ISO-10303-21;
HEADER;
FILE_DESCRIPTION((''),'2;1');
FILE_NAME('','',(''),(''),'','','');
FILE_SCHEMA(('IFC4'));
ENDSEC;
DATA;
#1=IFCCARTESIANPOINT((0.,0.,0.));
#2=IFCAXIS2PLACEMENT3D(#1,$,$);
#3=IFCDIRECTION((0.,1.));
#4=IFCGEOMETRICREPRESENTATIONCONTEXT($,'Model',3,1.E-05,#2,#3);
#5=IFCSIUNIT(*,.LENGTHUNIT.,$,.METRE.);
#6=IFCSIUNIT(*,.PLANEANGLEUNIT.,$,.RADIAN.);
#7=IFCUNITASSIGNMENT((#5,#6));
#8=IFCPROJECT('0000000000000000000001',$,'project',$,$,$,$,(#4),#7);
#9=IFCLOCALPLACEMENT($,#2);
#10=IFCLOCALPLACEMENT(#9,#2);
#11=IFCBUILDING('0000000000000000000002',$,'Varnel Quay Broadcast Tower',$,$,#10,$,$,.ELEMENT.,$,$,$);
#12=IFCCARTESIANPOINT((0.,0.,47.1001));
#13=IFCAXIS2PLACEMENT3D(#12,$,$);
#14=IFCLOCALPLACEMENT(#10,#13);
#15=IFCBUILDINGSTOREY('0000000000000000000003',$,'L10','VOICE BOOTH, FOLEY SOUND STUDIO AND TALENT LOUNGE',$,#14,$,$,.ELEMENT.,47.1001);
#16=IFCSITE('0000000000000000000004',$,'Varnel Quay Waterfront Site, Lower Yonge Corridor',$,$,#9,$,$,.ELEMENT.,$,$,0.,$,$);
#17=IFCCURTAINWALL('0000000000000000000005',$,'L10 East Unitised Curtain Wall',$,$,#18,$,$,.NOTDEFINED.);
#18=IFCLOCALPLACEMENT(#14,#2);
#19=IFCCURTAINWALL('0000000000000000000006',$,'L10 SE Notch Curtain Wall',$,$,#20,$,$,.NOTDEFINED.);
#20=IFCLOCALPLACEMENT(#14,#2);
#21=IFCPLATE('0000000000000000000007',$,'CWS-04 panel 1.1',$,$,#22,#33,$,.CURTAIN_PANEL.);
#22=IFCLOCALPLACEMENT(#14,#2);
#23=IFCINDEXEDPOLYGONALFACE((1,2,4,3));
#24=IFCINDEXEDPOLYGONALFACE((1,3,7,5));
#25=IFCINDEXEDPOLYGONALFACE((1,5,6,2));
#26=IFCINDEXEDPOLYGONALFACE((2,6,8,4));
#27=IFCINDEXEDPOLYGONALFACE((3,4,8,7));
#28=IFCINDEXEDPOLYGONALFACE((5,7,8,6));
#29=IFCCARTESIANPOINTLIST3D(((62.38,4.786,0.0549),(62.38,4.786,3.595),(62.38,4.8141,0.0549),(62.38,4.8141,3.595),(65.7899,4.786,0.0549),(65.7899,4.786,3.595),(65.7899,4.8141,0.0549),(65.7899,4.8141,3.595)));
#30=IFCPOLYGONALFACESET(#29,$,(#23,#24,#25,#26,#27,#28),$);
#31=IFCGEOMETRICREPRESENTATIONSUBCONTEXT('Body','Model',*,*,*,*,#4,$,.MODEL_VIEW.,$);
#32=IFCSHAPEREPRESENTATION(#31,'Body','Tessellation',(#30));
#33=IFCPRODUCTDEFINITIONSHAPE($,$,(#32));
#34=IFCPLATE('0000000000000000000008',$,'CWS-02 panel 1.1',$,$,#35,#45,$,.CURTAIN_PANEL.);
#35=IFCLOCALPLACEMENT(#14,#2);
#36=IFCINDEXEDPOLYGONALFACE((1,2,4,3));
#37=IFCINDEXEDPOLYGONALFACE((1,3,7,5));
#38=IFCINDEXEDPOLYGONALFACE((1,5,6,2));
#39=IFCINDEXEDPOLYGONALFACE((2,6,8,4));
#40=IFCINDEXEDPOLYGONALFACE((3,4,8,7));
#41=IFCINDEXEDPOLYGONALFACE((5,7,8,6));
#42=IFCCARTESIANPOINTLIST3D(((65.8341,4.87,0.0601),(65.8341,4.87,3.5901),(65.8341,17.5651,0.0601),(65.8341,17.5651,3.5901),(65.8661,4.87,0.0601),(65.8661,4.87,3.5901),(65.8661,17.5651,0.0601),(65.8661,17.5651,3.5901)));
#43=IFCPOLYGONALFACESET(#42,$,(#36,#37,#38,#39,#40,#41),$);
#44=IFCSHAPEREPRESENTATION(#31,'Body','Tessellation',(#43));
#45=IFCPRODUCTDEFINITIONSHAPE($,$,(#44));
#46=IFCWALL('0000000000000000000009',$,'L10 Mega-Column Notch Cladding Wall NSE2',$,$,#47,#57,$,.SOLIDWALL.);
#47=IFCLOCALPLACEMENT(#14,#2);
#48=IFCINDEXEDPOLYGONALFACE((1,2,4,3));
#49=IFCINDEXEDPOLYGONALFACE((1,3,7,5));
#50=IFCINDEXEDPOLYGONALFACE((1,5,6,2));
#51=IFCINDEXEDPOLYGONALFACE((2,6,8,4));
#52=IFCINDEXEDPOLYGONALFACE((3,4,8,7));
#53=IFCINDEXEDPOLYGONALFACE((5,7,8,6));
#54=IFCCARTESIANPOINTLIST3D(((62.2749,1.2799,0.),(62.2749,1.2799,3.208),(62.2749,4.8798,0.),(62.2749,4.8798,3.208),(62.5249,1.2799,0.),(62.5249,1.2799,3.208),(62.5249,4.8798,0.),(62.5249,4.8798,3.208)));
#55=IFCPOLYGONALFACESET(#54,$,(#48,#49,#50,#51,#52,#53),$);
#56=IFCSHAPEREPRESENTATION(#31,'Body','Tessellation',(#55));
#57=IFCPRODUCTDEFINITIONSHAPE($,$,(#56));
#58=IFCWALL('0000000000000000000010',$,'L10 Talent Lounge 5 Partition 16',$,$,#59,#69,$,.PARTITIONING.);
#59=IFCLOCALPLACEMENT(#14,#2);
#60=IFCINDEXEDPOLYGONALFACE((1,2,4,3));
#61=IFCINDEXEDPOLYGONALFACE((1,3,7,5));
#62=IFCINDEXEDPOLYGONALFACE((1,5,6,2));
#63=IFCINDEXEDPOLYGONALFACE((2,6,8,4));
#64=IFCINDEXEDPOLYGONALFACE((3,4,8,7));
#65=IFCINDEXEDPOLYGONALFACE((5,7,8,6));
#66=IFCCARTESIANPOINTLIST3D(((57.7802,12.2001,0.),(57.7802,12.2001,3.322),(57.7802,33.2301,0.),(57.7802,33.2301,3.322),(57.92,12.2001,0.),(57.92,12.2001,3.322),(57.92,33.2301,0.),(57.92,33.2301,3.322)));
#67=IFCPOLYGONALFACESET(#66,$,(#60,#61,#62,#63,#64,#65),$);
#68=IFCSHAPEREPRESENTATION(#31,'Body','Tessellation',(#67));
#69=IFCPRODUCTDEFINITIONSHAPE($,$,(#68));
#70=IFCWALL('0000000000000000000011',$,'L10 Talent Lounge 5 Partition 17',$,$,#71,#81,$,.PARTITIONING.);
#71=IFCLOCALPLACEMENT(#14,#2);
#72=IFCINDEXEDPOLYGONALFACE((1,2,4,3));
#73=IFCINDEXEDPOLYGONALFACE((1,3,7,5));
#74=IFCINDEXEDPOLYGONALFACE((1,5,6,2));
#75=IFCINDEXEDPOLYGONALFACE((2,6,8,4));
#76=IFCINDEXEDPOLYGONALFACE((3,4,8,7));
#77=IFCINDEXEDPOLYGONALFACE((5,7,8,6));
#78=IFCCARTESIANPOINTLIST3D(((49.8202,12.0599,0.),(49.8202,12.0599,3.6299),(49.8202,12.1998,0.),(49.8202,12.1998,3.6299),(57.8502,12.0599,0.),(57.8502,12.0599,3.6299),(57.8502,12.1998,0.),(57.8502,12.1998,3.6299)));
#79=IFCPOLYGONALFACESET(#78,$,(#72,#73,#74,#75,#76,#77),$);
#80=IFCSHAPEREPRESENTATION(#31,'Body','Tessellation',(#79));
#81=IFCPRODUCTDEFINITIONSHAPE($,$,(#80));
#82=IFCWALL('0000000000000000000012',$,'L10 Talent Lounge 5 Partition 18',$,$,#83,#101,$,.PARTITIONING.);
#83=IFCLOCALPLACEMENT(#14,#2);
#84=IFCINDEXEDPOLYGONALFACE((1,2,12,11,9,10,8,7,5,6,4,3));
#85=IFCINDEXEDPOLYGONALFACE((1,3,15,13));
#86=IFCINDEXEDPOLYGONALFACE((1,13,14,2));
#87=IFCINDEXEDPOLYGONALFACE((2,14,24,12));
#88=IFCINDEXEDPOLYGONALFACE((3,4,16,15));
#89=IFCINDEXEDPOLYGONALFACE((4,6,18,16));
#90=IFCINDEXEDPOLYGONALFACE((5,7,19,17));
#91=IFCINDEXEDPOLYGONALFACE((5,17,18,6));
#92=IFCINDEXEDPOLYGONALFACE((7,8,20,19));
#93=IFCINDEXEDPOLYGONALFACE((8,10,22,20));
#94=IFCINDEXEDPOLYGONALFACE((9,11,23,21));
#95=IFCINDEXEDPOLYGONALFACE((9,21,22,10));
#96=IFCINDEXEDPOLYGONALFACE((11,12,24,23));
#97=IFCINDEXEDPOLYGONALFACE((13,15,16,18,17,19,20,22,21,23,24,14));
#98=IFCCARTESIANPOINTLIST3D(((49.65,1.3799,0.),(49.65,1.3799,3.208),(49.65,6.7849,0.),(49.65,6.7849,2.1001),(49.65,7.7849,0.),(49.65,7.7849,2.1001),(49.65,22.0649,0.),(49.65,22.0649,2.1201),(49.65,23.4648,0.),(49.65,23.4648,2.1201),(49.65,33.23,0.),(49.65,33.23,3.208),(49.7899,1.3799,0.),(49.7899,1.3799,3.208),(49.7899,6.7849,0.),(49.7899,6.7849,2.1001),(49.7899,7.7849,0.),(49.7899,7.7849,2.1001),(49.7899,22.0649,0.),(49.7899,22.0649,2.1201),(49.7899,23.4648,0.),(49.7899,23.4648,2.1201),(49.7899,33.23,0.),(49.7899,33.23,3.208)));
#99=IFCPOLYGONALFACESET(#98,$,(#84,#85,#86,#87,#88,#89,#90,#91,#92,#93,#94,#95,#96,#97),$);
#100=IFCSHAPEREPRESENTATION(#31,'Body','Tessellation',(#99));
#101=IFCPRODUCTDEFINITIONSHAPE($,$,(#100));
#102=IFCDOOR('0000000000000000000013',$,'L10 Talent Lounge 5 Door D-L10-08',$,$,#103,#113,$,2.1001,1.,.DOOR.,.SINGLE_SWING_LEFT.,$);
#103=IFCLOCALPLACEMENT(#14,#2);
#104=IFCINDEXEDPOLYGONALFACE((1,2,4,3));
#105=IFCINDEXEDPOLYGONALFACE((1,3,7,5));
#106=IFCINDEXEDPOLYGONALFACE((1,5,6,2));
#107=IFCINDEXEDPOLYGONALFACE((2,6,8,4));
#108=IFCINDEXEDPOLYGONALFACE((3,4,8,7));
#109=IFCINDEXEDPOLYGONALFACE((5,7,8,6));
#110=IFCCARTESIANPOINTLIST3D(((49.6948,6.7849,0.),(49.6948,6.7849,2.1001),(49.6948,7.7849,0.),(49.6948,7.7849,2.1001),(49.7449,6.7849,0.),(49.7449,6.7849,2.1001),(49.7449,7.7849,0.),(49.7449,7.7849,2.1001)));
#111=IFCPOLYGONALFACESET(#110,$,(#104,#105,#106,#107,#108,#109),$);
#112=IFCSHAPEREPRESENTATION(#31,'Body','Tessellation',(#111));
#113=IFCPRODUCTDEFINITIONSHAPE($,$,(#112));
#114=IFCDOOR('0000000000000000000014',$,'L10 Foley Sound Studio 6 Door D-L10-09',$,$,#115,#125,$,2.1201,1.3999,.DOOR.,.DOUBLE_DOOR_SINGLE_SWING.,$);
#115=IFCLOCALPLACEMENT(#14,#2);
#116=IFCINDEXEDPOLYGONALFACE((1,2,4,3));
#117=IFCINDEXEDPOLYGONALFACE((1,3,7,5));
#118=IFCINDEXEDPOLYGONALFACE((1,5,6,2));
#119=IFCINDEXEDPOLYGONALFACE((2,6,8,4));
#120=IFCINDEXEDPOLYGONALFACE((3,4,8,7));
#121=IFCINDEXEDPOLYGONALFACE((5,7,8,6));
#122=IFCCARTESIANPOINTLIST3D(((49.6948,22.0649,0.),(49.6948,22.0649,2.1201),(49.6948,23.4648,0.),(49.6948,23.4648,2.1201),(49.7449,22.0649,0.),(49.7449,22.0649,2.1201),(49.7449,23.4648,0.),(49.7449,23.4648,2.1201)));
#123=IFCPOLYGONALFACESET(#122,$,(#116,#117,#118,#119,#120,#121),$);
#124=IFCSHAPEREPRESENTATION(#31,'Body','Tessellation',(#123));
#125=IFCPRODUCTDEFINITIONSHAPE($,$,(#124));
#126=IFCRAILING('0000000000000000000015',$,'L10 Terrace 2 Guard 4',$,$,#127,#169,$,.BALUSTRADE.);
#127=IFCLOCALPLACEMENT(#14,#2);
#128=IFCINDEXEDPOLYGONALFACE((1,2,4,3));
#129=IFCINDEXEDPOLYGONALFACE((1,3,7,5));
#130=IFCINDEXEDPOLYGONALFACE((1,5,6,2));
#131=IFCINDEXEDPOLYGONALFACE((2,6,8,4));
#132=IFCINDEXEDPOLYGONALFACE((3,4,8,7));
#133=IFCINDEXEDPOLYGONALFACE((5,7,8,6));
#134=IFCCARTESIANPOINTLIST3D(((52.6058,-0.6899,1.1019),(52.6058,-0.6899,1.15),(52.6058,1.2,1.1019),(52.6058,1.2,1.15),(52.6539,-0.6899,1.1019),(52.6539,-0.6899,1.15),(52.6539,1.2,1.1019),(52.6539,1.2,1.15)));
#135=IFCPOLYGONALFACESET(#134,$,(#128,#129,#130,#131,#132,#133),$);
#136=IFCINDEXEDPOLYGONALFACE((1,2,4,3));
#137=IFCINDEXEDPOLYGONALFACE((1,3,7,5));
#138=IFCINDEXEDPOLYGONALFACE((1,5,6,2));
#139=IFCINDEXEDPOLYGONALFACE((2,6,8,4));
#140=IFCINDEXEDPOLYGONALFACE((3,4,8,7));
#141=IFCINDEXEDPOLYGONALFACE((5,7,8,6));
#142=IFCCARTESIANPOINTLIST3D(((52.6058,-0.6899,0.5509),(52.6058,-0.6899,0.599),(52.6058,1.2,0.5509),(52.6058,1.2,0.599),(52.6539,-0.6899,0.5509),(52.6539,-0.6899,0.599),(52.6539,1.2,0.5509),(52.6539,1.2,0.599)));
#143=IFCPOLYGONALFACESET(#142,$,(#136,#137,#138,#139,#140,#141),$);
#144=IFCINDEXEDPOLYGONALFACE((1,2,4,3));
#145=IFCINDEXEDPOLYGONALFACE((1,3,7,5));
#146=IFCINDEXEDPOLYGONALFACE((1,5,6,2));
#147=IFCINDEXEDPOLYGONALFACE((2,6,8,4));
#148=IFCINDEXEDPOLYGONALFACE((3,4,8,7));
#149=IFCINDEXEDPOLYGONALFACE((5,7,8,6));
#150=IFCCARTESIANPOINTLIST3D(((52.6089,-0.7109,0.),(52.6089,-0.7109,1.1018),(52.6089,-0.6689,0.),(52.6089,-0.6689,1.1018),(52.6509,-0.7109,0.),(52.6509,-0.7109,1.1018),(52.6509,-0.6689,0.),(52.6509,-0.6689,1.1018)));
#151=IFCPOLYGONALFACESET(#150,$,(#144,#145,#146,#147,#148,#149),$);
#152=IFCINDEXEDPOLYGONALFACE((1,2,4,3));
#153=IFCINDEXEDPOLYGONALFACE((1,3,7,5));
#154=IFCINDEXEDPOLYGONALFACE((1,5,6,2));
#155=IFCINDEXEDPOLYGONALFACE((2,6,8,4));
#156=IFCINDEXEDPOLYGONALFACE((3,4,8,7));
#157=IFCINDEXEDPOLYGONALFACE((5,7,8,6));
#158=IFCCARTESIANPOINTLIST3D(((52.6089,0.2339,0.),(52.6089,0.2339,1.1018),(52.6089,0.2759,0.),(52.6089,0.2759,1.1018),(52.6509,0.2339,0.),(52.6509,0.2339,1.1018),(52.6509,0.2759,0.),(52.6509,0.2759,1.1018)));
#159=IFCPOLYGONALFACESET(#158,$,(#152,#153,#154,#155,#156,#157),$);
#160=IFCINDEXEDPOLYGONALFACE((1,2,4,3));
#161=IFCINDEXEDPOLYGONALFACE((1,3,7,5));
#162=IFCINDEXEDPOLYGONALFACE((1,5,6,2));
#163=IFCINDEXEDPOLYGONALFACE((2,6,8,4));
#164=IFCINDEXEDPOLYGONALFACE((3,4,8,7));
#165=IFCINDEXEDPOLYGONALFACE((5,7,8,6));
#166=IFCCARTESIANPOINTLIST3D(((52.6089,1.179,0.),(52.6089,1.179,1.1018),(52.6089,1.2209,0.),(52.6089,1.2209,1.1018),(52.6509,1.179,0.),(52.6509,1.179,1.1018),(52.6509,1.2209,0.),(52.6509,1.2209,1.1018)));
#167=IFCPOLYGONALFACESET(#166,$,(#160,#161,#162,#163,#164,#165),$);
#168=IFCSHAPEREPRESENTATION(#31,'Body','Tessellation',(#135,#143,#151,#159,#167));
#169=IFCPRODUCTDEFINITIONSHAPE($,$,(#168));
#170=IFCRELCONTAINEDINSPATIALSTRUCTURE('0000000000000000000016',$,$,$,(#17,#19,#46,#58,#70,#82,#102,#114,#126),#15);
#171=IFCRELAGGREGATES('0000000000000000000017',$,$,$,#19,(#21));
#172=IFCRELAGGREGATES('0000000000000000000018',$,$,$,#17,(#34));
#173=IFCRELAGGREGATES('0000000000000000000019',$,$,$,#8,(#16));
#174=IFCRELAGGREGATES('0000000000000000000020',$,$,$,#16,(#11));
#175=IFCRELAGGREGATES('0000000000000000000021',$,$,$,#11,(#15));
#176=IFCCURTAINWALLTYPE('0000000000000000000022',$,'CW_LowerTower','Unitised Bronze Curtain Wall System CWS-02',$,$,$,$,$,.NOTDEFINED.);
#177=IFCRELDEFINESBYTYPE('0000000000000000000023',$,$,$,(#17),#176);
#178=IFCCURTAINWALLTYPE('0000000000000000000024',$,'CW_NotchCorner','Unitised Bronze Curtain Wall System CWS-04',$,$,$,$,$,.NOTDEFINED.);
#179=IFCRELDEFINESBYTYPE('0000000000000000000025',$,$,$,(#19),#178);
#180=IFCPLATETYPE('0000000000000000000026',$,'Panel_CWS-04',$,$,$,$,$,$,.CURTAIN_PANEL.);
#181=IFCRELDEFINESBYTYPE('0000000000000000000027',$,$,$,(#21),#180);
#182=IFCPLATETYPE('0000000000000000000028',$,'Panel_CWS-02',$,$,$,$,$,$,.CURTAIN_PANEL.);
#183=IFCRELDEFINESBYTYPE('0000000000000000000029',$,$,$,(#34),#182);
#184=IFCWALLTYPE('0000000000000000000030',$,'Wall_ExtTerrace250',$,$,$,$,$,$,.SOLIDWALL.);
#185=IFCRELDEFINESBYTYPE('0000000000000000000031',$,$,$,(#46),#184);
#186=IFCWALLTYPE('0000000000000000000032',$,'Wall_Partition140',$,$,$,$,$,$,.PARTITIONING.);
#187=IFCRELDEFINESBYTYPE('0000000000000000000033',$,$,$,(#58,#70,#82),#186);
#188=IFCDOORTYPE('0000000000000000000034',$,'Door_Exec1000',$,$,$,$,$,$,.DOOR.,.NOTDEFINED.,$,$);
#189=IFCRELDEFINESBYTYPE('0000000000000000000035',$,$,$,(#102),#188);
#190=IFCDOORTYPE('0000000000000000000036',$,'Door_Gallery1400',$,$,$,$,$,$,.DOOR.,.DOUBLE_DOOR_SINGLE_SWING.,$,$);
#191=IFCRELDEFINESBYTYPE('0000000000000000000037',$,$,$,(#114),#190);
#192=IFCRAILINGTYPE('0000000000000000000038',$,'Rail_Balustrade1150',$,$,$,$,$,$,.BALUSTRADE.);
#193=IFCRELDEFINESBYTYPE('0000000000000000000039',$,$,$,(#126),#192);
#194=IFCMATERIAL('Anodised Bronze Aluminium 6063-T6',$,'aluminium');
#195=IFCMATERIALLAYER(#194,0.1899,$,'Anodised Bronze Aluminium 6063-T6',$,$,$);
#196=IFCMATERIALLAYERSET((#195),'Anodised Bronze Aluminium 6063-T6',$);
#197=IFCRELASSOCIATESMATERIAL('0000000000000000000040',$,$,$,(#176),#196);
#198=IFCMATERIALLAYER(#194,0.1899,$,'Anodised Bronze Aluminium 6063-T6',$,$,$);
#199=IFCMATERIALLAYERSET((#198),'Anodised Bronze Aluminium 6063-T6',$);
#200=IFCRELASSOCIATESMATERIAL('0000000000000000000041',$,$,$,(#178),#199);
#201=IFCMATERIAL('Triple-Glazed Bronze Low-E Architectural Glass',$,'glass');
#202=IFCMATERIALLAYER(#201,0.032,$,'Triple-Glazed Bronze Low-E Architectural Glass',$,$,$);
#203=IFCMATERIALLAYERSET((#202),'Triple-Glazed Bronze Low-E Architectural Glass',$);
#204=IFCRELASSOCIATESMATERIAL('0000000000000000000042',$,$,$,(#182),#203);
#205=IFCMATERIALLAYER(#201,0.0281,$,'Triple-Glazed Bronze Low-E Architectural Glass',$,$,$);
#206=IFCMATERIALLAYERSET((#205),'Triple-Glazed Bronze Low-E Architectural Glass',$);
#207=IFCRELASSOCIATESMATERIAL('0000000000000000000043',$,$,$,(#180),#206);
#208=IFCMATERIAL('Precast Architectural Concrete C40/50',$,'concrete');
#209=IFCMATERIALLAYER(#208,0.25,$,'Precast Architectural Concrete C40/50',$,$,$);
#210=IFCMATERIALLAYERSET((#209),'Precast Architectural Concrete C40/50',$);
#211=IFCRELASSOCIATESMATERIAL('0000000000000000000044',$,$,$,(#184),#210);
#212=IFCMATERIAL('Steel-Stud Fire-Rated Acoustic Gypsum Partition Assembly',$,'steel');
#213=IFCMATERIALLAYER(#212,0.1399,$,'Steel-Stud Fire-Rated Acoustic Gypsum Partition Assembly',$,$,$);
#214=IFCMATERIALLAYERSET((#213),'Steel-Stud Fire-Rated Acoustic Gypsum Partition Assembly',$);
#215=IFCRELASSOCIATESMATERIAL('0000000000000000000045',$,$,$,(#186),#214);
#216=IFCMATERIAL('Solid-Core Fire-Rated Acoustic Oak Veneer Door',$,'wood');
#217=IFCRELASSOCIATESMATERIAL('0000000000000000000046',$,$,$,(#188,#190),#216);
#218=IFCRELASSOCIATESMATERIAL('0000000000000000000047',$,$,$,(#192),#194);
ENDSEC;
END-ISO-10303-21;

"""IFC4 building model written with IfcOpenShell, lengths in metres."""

from ifc_helpers import new_model, si_unit, direction, frame, frame_2d, origin, origin_2d, place, context, subcontext, project, spatial, rectangle, extrude, source, transform, mapped, material, layer, layer_set, type_object, type_shapes, element, fill, aggregate, save


model = new_model("IFC4")

# Units and contexts
model_context = context("Model", 3, precision=1e-05, world=origin(), true_north=direction((0.0, 1.0)))
body_context = subcontext(model_context, "Body", "Model", "MODEL_VIEW")
ifc_project = project(units=[si_unit("LENGTHUNIT", "METRE"), si_unit("PLANEANGLEUNIT", "RADIAN")], contexts=[model_context])

# Site, building, storey
site_placement = place(None, origin())
site = spatial("IfcSite", under=ifc_project, at=site_placement, Name="Varnel Quay Waterfront Site, Lower Yonge Corridor", CompositionType="ELEMENT", RefElevation=0.0)
building_placement = place(site_placement, origin())
building = spatial("IfcBuilding", under=site, at=building_placement, Name="Varnel Quay Broadcast Tower", CompositionType="ELEMENT")
storey_placement = place(building_placement, frame((0.0, 0.0, 47.1001)))
storey = spatial("IfcBuildingStorey", under=building, at=storey_placement, Name="L10", Description="VOICE BOOTH, FOLEY SOUND STUDIO AND TALENT LOUNGE", CompositionType="ELEMENT", Elevation=47.1001)

# Curtain wall
ifc_material_1 = material(Name="Anodised Bronze Aluminium 6063-T6", Category="aluminium")
ifc_layer_1 = layer(ifc_material_1, 0.1899, Name="Anodised Bronze Aluminium 6063-T6")
ifc_layer_set_1 = layer_set([ifc_layer_1], Name="Anodised Bronze Aluminium 6063-T6")
curtain_wall_type_1 = type_object("IfcCurtainWallType", Name="CW_LowerTower", Description="Unitised Bronze Curtain Wall System CWS-02", PredefinedType="NOTDEFINED", material=ifc_layer_set_1)
curtain_wall_1_placement = place(storey_placement, origin())
curtain_wall_1 = element("IfcCurtainWall", 1, at=curtain_wall_1_placement, inside=storey, type_object=curtain_wall_type_1, Name="L10 East Unitised Curtain Wall", PredefinedType="NOTDEFINED")

# Curtain wall
ifc_layer_2 = layer(ifc_material_1, 0.1899, Name="Anodised Bronze Aluminium 6063-T6")
ifc_layer_set_2 = layer_set([ifc_layer_2], Name="Anodised Bronze Aluminium 6063-T6")
curtain_wall_type_2 = type_object("IfcCurtainWallType", Name="CW_NotchCorner", Description="Unitised Bronze Curtain Wall System CWS-04", PredefinedType="NOTDEFINED", material=ifc_layer_set_2)
curtain_wall_2_placement = place(storey_placement, origin())
curtain_wall_2 = element("IfcCurtainWall", 2, at=curtain_wall_2_placement, inside=storey, type_object=curtain_wall_type_2, Name="L10 SE Notch Curtain Wall", PredefinedType="NOTDEFINED")

# Plates
ifc_material_2 = material(Name="Triple-Glazed Bronze Low-E Architectural Glass", Category="glass")
ifc_layer_3 = layer(ifc_material_2, 0.032, Name="Triple-Glazed Bronze Low-E Architectural Glass")
ifc_layer_set_3 = layer_set([ifc_layer_3], Name="Triple-Glazed Bronze Low-E Architectural Glass")
plate_type_1 = type_object("IfcPlateType", Name="Panel_CWS-02", PredefinedType="CURTAIN_PANEL", material=ifc_layer_set_3)
ifc_layer_4 = layer(ifc_material_2, 0.0281, Name="Triple-Glazed Bronze Low-E Architectural Glass")
ifc_layer_set_4 = layer_set([ifc_layer_4], Name="Triple-Glazed Bronze Low-E Architectural Glass")
plate_type_2 = type_object("IfcPlateType", Name="Panel_CWS-04", PredefinedType="CURTAIN_PANEL", material=ifc_layer_set_4)
shared_shape_1 = source(origin(), body_context, "Body", "SweptSolid", [
    extrude(rectangle(XDim=3.4099, YDim=0.0281, at=origin_2d()), origin(), (0.0, 0.0, 1.0), 3.54),
])
type_shapes(plate_type_2, [shared_shape_1])
plate_1_placement = place(storey_placement, frame((64.085, 4.8, 0.0549), z_axis=(0.0, 0.0, 1.0), x_axis=(1.0, 0.0, 0.0)))
plate_1 = element("IfcPlate", 3, at=plate_1_placement, type_object=plate_type_2, Name="CWS-04 panel 1.1", PredefinedType="CURTAIN_PANEL", context=body_context, shape_type="MappedRepresentation", body=[
    mapped(shared_shape_1, transform((0.0, 0.0, 0.0), x_axis=(1.0, 0.0, 0.0), y_axis=(0.0, 1.0, 0.0), z_axis=(0.0, 0.0, 1.0), scale=1.0)),
])
aggregate(curtain_wall_2, [plate_1])
shared_shape_2 = source(origin(), body_context, "Body", "SweptSolid", [
    extrude(rectangle(XDim=12.6951, YDim=0.032, at=origin_2d()), origin(), (0.0, 0.0, 1.0), 3.53),
])
plate_2_placement = place(storey_placement, frame((65.8501, 11.2175, 0.0601), z_axis=(0.0, 0.0, 1.0), x_axis=(0.0, 1.0, 0.0)))
plate_2 = element("IfcPlate", 4, at=plate_2_placement, type_object=plate_type_1, Name="CWS-02 panel 1.1", PredefinedType="CURTAIN_PANEL", context=body_context, shape_type="MappedRepresentation", body=[
    mapped(shared_shape_2, transform((0.0, 0.0, 0.0), x_axis=(1.0, 0.0, 0.0), y_axis=(0.0, 1.0, 0.0), z_axis=(0.0, 0.0, 1.0), scale=1.0)),
])
aggregate(curtain_wall_1, [plate_2])

# Walls
ifc_material_3 = material(Name="Precast Architectural Concrete C40/50", Category="concrete")
ifc_layer_5 = layer(ifc_material_3, 0.25, Name="Precast Architectural Concrete C40/50")
ifc_layer_set_5 = layer_set([ifc_layer_5], Name="Precast Architectural Concrete C40/50")
wall_type_1 = type_object("IfcWallType", Name="Wall_ExtTerrace250", PredefinedType="SOLIDWALL", material=ifc_layer_set_5)
wall_1_placement = place(storey_placement, frame((62.3999, 1.28, 0.0), z_axis=(0.0, 0.0, 1.0), x_axis=(0.0, 1.0, 0.0)))
element("IfcWall", 5, at=wall_1_placement, inside=storey, type_object=wall_type_1, Name="L10 Mega-Column Notch Cladding Wall NSE2", PredefinedType="SOLIDWALL", context=body_context, shape_type="SweptSolid", body=[
    extrude(rectangle(XDim=3.5999, YDim=0.25, at=frame_2d((1.7998, 0.0))), origin(), (0.0, 0.0, 1.0), 3.208),
])
ifc_material_4 = material(Name="Steel-Stud Fire-Rated Acoustic Gypsum Partition Assembly", Category="steel")
ifc_layer_6 = layer(ifc_material_4, 0.1399, Name="Steel-Stud Fire-Rated Acoustic Gypsum Partition Assembly")
ifc_layer_set_6 = layer_set([ifc_layer_6], Name="Steel-Stud Fire-Rated Acoustic Gypsum Partition Assembly")
wall_type_2 = type_object("IfcWallType", Name="Wall_Partition140", PredefinedType="PARTITIONING", material=ifc_layer_set_6)
wall_2_placement = place(storey_placement, frame((57.8501, 12.2, 0.0), z_axis=(0.0, 0.0, 1.0), x_axis=(0.0, 1.0, 0.0)))
element("IfcWall", 6, at=wall_2_placement, inside=storey, type_object=wall_type_2, Name="L10 Talent Lounge 5 Partition 16", PredefinedType="PARTITIONING", context=body_context, shape_type="SweptSolid", body=[
    extrude(rectangle(XDim=21.03, YDim=0.1399, at=frame_2d((10.5151, 0.0))), origin(), (0.0, 0.0, 1.0), 3.322),
])
wall_3_placement = place(storey_placement, frame((49.8201, 12.1299, 0.0), z_axis=(0.0, 0.0, 1.0), x_axis=(1.0, 0.0, 0.0)))
element("IfcWall", 7, at=wall_3_placement, inside=storey, type_object=wall_type_2, Name="L10 Talent Lounge 5 Partition 17", PredefinedType="PARTITIONING", context=body_context, shape_type="SweptSolid", body=[
    extrude(rectangle(XDim=8.03, YDim=0.1399, at=frame_2d((4.0151, 0.0))), origin(), (0.0, 0.0, 1.0), 3.6299),
])

# Wall, openings, doors
wall_4_placement = place(storey_placement, frame((49.72, 1.3799, 0.0), z_axis=(0.0, 0.0, 1.0), x_axis=(0.0, 1.0, 0.0)))
wall_4 = element("IfcWall", 8, at=wall_4_placement, inside=storey, type_object=wall_type_2, Name="L10 Talent Lounge 5 Partition 18", PredefinedType="PARTITIONING", context=body_context, shape_type="SweptSolid", body=[
    extrude(rectangle(XDim=31.8501, YDim=0.1399, at=frame_2d((15.925, 0.0))), origin(), (0.0, 0.0, 1.0), 3.208),
])
opening_1_placement = place(wall_4_placement, frame((5.405, 0.0, 0.0)))
opening_1 = element("IfcOpeningElement", 9, at=opening_1_placement, cuts=wall_4, PredefinedType="OPENING", context=body_context, shape_type="SweptSolid", body=[
    extrude(rectangle(XDim=1.0, YDim=2.1001, at=frame_2d((0.5, 1.05))), frame((0.0, 0.0801, 0.0), z_axis=(0.0, -1.0, 0.0), x_axis=(1.0, 0.0, 0.0)), (0.0, 0.0, 1.0), 0.1599),
])
opening_2_placement = place(wall_4_placement, frame((20.6851, 0.0, 0.0)))
opening_2 = element("IfcOpeningElement", 10, at=opening_2_placement, cuts=wall_4, PredefinedType="OPENING", context=body_context, shape_type="SweptSolid", body=[
    extrude(rectangle(XDim=1.3999, YDim=2.1201, at=frame_2d((0.7, 1.0601))), frame((0.0, 0.0801, 0.0), z_axis=(0.0, -1.0, 0.0), x_axis=(1.0, 0.0, 0.0)), (0.0, 0.0, 1.0), 0.1599),
])
ifc_material_5 = material(Name="Solid-Core Fire-Rated Acoustic Oak Veneer Door", Category="wood")
door_type_1 = type_object("IfcDoorType", Name="Door_Exec1000", OperationType="NOTDEFINED", PredefinedType="DOOR", material=ifc_material_5)
shared_shape_3 = source(origin(), body_context, "Body", "SweptSolid", [
    extrude(rectangle(XDim=1.0, YDim=2.1001, at=frame_2d((0.5, 1.05))), frame((0.0, 0.0249, 0.0), z_axis=(0.0, -1.0, 0.0), x_axis=(1.0, 0.0, 0.0)), (0.0, 0.0, 1.0), 0.05),
])
type_shapes(door_type_1, [shared_shape_3])
door_1_placement = place(opening_1_placement, frame((1.0, 0.0, 0.0), z_axis=(0.0, 0.0, 1.0), x_axis=(-1.0, 0.0, 0.0)))
door_1 = element("IfcDoor", 11, at=door_1_placement, inside=storey, type_object=door_type_1, Name="L10 Talent Lounge 5 Door D-L10-08", OperationType="SINGLE_SWING_LEFT", OverallHeight=2.1001, OverallWidth=1.0, PredefinedType="DOOR", context=body_context, shape_type="MappedRepresentation", body=[
    mapped(shared_shape_3, transform((0.0, 0.0, 0.0), x_axis=(1.0, 0.0, 0.0), y_axis=(0.0, 1.0, 0.0), z_axis=(0.0, 0.0, 1.0), scale=1.0)),
])
fill(opening_1, door_1)
door_type_2 = type_object("IfcDoorType", Name="Door_Gallery1400", OperationType="DOUBLE_DOOR_SINGLE_SWING", PredefinedType="DOOR", material=ifc_material_5)
shared_shape_4 = source(origin(), body_context, "Body", "SweptSolid", [
    extrude(rectangle(XDim=1.3999, YDim=2.1201, at=frame_2d((0.7, 1.0601))), frame((0.0, 0.0249, 0.0), z_axis=(0.0, -1.0, 0.0), x_axis=(1.0, 0.0, 0.0)), (0.0, 0.0, 1.0), 0.05),
])
type_shapes(door_type_2, [shared_shape_4])
door_2_placement = place(opening_2_placement, frame((1.3999, 0.0, 0.0), z_axis=(0.0, 0.0, 1.0), x_axis=(-1.0, 0.0, 0.0)))
door_2 = element("IfcDoor", 12, at=door_2_placement, inside=storey, type_object=door_type_2, Name="L10 Foley Sound Studio 6 Door D-L10-09", OperationType="DOUBLE_DOOR_SINGLE_SWING", OverallHeight=2.1201, OverallWidth=1.3999, PredefinedType="DOOR", context=body_context, shape_type="MappedRepresentation", body=[
    mapped(shared_shape_4, transform((0.0, 0.0, 0.0), x_axis=(1.0, 0.0, 0.0), y_axis=(0.0, 1.0, 0.0), z_axis=(0.0, 0.0, 1.0), scale=1.0)),
])
fill(opening_2, door_2)

# Railing
railing_type = type_object("IfcRailingType", Name="Rail_Balustrade1150", PredefinedType="BALUSTRADE", material=ifc_material_1)
railing_placement = place(storey_placement, frame((52.6299, -0.6899, 0.0)))
element("IfcRailing", 13, at=railing_placement, inside=storey, type_object=railing_type, Name="L10 Terrace 2 Guard 4", PredefinedType="BALUSTRADE", context=body_context, shape_type="SweptSolid", body=[
    extrude(rectangle(XDim=0.0481, YDim=0.0481, at=origin_2d()), frame((0.0, 0.0, 1.126), z_axis=(0.0, 1.0, 0.0), x_axis=(-1.0, 0.0, 0.0)), (0.0, 0.0, 1.0), 1.8899),
    extrude(rectangle(XDim=0.0481, YDim=0.0481, at=origin_2d()), frame((0.0, 0.0, 0.575), z_axis=(0.0, 1.0, 0.0), x_axis=(-1.0, 0.0, 0.0)), (0.0, 0.0, 1.0), 1.8899),
    extrude(rectangle(XDim=0.042, YDim=0.042, at=origin_2d()), origin(), (0.0, 0.0, 1.0), 1.1018),
    extrude(rectangle(XDim=0.042, YDim=0.042, at=origin_2d()), frame((0.0, 0.9448, 0.0)), (0.0, 0.0, 1.0), 1.1018),
    extrude(rectangle(XDim=0.042, YDim=0.042, at=origin_2d()), frame((0.0, 1.8899, 0.0)), (0.0, 0.0, 1.0), 1.1018),
])

save(model, "model.ifc")
